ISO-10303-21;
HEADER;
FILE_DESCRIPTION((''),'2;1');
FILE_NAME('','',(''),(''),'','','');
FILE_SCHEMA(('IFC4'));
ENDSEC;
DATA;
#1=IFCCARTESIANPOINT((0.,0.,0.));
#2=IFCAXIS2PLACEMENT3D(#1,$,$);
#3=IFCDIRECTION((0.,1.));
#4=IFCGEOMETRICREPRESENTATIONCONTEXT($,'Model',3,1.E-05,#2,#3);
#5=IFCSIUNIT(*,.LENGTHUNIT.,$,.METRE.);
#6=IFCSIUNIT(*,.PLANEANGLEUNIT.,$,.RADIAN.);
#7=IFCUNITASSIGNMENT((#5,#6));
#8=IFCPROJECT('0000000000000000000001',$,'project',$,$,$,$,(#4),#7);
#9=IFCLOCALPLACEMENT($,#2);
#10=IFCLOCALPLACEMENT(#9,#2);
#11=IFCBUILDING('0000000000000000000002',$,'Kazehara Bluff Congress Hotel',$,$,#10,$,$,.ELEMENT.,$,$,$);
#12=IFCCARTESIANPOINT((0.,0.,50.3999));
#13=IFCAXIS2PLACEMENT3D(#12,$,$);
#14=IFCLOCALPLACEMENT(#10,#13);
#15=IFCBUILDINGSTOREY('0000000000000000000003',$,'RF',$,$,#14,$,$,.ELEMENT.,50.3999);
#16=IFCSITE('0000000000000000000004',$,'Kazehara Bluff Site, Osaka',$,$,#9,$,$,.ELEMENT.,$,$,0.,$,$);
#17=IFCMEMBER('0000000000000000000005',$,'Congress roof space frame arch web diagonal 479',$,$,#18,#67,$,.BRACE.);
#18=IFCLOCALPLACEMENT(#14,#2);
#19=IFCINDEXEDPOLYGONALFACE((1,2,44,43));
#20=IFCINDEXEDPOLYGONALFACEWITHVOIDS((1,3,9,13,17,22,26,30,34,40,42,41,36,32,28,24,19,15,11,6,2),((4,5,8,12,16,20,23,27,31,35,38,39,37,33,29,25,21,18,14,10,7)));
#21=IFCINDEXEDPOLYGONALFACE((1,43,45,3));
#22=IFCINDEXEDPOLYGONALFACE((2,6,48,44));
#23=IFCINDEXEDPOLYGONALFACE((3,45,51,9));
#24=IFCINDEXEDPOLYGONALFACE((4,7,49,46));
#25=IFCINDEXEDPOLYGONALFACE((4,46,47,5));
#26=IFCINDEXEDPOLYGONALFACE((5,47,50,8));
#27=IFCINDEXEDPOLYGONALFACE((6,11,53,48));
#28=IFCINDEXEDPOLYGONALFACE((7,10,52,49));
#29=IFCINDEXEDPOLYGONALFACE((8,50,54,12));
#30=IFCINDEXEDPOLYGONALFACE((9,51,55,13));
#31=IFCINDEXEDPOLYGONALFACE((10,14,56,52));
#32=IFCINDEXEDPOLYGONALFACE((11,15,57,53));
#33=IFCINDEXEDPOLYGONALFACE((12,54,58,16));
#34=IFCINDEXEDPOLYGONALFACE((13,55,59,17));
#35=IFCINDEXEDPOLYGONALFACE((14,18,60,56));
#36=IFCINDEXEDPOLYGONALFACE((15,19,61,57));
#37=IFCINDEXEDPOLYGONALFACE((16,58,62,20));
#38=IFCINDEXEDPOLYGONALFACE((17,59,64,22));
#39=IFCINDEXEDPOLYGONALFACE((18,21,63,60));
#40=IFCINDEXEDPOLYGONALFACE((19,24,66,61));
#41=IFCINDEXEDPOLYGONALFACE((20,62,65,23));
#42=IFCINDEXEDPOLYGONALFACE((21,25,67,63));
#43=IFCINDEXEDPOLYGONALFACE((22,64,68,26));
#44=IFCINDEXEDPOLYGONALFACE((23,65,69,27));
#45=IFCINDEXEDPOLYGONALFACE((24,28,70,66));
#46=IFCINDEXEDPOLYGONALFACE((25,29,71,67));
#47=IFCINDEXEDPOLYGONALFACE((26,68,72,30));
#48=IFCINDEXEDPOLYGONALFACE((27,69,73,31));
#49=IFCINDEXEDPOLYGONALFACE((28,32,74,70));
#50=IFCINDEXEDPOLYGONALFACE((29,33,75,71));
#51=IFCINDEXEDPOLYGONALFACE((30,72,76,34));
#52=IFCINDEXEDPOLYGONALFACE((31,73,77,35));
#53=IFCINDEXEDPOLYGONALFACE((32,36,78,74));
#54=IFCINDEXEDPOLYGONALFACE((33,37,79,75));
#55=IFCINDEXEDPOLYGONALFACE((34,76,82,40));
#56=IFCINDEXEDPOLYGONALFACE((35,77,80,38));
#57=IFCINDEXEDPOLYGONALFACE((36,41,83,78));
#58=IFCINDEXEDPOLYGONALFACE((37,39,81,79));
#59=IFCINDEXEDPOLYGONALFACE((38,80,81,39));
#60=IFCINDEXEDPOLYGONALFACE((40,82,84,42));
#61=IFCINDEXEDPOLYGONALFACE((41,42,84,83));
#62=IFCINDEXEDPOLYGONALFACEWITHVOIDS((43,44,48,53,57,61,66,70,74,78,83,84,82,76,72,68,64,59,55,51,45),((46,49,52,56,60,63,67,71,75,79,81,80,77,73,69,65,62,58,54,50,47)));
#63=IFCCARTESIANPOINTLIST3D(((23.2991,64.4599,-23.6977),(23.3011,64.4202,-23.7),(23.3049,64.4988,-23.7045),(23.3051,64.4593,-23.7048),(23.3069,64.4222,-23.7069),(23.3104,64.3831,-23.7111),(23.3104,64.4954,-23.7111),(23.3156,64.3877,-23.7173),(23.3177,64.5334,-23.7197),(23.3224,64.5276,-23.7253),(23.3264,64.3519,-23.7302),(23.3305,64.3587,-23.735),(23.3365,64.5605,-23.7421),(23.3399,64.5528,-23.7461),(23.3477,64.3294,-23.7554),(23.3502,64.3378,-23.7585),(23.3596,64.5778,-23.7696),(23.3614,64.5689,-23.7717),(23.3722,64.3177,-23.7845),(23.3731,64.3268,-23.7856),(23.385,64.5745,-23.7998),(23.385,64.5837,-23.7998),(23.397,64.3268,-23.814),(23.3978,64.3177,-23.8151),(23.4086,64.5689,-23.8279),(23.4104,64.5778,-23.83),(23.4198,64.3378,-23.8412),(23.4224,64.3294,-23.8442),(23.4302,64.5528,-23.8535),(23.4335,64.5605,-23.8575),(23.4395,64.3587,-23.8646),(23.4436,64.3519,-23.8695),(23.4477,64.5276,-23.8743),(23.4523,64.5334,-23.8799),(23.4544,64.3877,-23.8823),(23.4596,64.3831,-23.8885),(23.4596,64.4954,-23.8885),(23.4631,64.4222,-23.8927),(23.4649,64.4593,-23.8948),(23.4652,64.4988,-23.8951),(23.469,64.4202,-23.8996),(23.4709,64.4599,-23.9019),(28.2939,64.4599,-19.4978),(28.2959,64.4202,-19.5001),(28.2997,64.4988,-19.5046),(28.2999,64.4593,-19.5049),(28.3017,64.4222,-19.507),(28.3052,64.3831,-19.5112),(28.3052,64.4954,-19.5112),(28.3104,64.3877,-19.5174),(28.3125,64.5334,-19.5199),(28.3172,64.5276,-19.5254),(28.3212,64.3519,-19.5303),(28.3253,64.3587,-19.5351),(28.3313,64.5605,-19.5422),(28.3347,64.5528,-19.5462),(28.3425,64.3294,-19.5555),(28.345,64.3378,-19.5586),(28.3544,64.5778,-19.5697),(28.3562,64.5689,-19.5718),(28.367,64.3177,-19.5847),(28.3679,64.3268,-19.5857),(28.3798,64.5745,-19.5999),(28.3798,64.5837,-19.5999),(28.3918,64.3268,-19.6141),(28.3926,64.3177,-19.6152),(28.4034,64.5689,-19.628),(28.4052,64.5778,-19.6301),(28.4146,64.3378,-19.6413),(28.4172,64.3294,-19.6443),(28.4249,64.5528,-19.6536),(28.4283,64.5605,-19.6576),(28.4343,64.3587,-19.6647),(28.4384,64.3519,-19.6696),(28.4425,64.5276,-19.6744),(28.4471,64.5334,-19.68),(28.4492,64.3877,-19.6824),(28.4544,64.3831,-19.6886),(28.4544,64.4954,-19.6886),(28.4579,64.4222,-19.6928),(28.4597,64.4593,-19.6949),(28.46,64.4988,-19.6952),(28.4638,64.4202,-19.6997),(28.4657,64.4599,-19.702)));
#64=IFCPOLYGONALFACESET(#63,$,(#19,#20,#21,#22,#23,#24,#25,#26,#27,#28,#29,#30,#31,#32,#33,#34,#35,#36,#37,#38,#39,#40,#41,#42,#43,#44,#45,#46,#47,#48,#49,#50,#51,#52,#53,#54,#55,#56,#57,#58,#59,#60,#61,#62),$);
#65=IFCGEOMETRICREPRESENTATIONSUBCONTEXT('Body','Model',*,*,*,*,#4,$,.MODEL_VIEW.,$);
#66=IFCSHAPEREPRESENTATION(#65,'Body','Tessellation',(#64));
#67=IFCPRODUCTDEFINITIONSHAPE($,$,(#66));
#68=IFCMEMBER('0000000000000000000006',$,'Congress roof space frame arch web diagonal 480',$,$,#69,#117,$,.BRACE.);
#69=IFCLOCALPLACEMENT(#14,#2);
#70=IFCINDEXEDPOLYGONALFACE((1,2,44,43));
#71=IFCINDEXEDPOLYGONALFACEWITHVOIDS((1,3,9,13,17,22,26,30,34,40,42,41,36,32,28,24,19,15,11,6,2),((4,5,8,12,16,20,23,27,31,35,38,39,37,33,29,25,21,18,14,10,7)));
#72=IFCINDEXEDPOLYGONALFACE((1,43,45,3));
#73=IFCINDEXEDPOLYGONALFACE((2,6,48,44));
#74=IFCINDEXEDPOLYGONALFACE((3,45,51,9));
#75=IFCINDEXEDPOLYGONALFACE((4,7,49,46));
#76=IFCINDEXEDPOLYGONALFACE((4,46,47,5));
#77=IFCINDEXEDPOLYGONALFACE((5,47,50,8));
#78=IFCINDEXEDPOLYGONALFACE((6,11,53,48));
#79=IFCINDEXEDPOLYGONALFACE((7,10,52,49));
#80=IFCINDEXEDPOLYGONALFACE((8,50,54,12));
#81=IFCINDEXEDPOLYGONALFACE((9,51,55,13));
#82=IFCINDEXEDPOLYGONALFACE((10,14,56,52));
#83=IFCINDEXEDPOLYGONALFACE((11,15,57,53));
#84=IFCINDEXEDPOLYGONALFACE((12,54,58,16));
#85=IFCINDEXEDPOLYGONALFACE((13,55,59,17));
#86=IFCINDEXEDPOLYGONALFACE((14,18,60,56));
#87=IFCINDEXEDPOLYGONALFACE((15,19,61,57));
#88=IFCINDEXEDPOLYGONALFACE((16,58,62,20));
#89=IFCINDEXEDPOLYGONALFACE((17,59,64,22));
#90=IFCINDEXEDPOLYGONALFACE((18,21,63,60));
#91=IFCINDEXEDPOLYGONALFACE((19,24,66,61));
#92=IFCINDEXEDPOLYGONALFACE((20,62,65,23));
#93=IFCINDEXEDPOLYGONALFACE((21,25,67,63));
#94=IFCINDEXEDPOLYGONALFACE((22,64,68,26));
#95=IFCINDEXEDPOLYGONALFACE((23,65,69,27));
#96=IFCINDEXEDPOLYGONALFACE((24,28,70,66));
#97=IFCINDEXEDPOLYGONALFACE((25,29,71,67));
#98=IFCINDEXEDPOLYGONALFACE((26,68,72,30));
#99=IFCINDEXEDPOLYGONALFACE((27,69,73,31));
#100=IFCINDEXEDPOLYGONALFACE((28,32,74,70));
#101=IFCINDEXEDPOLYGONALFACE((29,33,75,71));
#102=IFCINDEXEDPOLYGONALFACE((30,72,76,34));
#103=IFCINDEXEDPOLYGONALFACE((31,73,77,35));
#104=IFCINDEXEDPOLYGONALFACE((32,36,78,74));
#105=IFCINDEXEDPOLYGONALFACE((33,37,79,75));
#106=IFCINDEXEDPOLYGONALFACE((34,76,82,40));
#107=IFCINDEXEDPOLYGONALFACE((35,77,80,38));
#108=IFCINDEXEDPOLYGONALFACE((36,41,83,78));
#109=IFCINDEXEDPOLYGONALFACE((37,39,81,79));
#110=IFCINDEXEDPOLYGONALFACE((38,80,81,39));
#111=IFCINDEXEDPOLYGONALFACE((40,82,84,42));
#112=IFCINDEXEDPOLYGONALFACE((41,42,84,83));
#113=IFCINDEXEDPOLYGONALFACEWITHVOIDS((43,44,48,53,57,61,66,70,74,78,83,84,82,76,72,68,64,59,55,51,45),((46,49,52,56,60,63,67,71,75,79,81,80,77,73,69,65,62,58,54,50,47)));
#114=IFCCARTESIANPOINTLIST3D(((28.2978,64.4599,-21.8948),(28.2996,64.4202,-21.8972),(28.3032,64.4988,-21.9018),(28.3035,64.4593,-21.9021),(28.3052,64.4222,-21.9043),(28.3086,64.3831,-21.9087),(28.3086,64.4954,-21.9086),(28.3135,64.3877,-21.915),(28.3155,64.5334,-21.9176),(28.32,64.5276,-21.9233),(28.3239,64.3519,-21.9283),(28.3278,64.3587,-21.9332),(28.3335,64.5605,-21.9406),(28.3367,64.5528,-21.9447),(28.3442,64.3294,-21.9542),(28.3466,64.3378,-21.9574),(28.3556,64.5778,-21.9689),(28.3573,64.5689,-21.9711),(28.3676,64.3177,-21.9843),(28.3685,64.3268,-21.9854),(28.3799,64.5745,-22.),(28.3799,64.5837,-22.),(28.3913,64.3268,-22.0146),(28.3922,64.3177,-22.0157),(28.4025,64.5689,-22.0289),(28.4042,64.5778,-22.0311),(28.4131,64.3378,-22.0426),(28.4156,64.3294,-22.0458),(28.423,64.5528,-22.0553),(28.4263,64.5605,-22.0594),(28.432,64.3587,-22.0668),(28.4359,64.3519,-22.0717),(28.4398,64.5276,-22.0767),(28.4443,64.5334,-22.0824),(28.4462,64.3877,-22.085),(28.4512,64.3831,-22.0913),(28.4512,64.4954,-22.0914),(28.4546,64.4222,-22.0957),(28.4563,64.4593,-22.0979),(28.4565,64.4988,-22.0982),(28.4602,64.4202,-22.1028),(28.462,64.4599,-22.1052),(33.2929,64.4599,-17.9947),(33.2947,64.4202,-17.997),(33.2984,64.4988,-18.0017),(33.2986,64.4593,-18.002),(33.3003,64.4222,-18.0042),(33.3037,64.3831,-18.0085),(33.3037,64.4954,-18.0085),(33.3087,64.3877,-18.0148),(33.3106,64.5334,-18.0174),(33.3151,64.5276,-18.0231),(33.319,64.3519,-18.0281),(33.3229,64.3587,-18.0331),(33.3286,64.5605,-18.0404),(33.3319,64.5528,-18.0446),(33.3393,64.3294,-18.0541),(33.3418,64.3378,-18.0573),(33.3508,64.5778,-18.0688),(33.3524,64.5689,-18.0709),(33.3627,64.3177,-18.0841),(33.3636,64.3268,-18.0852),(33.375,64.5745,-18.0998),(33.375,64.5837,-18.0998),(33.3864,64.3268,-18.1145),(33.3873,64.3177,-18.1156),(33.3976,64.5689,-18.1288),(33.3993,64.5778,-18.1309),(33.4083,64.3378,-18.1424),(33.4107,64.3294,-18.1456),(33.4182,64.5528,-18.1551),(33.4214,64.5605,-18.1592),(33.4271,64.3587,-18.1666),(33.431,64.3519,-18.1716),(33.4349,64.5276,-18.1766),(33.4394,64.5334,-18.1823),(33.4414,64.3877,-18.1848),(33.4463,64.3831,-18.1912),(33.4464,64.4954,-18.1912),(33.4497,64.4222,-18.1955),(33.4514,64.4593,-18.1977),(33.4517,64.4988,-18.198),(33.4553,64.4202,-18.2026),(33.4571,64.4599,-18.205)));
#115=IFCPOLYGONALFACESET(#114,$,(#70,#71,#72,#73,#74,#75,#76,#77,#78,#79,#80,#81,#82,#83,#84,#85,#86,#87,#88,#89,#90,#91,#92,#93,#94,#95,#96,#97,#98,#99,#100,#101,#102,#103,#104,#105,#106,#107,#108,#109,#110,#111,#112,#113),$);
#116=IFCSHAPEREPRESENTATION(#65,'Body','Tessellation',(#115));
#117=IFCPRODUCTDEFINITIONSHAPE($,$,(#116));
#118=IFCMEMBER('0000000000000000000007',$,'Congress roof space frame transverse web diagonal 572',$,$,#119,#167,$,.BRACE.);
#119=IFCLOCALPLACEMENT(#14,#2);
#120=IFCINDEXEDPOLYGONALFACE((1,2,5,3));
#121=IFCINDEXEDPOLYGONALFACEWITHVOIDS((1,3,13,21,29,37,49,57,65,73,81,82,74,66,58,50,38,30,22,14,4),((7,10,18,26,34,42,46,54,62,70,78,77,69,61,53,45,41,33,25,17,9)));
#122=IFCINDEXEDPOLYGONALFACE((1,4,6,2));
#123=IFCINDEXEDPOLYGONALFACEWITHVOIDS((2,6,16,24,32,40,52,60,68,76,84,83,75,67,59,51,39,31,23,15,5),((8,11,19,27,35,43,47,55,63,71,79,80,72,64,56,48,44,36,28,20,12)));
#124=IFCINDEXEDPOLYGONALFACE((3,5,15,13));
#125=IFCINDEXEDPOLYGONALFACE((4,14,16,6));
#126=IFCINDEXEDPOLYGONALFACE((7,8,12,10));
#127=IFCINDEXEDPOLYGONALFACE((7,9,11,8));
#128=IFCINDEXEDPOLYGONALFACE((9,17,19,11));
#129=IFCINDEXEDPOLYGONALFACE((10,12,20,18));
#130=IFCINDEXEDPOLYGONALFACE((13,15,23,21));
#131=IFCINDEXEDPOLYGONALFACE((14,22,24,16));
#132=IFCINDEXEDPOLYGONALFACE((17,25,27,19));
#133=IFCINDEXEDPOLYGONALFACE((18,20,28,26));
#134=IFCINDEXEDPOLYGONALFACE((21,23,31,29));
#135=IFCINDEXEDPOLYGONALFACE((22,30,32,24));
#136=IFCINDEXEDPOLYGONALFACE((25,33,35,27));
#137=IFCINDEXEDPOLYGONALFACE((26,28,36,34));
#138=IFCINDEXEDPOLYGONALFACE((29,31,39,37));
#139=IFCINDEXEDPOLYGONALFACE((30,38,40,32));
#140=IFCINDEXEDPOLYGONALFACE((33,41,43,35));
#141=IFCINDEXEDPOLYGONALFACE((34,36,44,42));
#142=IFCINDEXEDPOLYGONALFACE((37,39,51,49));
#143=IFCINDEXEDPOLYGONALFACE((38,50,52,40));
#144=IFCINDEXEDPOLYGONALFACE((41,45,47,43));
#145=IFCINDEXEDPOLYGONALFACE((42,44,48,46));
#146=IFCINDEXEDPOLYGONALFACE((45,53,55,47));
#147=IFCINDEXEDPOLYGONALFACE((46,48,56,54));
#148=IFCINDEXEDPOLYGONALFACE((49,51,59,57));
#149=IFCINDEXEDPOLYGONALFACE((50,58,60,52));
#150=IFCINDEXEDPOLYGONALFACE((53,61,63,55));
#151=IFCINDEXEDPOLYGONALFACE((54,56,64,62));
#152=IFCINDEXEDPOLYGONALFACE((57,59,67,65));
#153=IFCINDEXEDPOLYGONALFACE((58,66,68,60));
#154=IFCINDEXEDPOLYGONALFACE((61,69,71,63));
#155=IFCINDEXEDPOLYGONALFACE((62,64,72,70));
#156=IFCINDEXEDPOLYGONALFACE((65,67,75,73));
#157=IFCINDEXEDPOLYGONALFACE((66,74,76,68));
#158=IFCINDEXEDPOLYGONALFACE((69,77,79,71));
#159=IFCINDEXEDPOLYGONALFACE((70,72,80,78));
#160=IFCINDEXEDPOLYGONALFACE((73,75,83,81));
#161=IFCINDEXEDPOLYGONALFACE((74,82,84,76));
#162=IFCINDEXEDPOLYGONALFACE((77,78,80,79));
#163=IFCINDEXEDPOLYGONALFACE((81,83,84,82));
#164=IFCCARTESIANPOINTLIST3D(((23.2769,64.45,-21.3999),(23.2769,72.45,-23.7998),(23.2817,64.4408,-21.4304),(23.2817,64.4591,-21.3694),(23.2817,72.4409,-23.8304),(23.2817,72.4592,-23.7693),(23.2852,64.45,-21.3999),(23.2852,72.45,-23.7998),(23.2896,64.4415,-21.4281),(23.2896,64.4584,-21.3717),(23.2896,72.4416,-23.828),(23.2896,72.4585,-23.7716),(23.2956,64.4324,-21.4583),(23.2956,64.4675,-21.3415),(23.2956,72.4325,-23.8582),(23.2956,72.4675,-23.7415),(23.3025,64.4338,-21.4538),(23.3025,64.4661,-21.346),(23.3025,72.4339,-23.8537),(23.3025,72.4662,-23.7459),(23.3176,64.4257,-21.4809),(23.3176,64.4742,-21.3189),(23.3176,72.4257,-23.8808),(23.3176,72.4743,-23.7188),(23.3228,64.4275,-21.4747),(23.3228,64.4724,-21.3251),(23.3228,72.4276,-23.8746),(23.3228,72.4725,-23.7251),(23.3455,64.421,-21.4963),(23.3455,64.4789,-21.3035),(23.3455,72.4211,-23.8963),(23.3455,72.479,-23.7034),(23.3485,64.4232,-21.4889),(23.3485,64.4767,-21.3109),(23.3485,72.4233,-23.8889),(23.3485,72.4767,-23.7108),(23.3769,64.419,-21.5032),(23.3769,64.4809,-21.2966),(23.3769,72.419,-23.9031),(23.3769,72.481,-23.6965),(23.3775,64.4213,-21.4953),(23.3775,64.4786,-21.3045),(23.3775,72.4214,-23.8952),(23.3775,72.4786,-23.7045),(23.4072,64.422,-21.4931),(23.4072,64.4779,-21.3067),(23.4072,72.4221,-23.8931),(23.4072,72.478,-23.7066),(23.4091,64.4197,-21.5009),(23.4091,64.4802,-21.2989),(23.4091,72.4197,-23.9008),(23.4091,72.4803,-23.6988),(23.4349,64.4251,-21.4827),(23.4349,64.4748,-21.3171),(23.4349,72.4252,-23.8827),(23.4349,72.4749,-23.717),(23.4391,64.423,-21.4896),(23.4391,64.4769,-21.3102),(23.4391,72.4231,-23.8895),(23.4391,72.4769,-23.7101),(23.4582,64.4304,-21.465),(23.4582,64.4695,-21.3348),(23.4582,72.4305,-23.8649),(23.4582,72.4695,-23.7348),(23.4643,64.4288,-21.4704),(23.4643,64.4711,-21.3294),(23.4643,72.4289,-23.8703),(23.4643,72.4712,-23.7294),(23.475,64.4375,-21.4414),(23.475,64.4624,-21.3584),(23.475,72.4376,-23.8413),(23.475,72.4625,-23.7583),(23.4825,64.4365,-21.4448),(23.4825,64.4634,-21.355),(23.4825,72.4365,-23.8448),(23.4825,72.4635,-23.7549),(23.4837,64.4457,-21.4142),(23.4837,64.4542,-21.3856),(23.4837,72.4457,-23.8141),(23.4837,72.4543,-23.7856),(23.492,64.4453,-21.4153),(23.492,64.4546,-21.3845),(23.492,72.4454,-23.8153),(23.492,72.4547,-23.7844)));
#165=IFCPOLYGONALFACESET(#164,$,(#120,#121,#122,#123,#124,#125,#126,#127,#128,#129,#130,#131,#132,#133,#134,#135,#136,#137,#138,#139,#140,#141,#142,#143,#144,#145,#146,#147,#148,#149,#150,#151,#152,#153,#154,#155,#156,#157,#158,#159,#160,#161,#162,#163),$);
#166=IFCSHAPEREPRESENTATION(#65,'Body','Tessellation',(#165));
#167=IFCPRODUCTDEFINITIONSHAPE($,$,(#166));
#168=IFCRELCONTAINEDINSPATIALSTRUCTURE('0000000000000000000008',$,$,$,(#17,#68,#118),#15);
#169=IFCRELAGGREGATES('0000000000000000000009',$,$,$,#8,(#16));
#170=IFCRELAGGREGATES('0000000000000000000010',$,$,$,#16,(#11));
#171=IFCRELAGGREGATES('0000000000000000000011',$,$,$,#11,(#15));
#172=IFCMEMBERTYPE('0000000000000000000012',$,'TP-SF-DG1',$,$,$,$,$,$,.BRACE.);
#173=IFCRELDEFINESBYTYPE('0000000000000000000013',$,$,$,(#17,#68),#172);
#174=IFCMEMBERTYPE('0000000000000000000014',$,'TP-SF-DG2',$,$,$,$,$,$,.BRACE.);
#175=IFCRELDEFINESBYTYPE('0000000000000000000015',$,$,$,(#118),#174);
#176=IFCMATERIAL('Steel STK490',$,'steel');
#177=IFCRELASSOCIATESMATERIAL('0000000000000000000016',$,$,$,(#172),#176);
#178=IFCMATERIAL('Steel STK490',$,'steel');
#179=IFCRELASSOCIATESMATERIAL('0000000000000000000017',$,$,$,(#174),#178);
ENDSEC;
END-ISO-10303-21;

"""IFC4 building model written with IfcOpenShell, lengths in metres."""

from ifc_helpers import new_model, si_unit, direction, frame, origin, origin_2d, place, context, subcontext, project, spatial, hollow_circle, extrude, material, material_profile, profile_set, type_object, element, save


model = new_model("IFC4")

# Units and contexts
model_context = context("Model", 3, precision=1e-05, world=origin(), true_north=direction((0.0, 1.0)))
body_context = subcontext(model_context, "Body", "Model", "MODEL_VIEW")
ifc_project = project(units=[si_unit("LENGTHUNIT", "METRE"), si_unit("PLANEANGLEUNIT", "RADIAN")], contexts=[model_context])

# Site, building, storey
site_placement = place(None, origin())
site = spatial("IfcSite", under=ifc_project, at=site_placement, Name="Kazehara Bluff Site, Osaka", CompositionType="ELEMENT", RefElevation=0.0)
building_placement = place(site_placement, origin())
building = spatial("IfcBuilding", under=site, at=building_placement, Name="Kazehara Bluff Congress Hotel", CompositionType="ELEMENT")
storey_placement = place(building_placement, frame((0.0, 0.0, 50.3999)))
storey = spatial("IfcBuildingStorey", under=building, at=storey_placement, Name="RF", CompositionType="ELEMENT", Elevation=50.3999)

# Members
ifc_material_1 = material(Name="Steel STK490", Category="steel")
ifc_material_profile_1 = material_profile(ifc_material_1, hollow_circle(Radius=0.1338, WallThickness=0.0093, at=origin_2d()))
ifc_profile_set_1 = profile_set([ifc_material_profile_1], Name="Steel STK490")
member_type_1 = type_object("IfcMemberType", Name="TP-SF-DG1", PredefinedType="BRACE", material=ifc_profile_set_1)
member_1_placement = place(storey_placement, frame((23.385, 64.45, -23.7998), z_axis=(0.765383, 0.0, 0.643575), x_axis=(0.0, 1.0, 0.0)))
element("IfcMember", 1, at=member_1_placement, inside=storey, type_object=member_type_1, Name="Congress roof space frame arch web diagonal 479", PredefinedType="BRACE", context=body_context, shape_type="SweptSolid", body=[
    extrude(hollow_circle(Radius=0.1338, WallThickness=0.0093, at=origin_2d()), origin(), (0.0, 0.0, 1.0), 6.5259),
])
member_2_placement = place(storey_placement, frame((28.3799, 64.45, -22.0), z_axis=(0.7882, 0.0, 0.61542), x_axis=(0.0, 1.0, 0.0)))
element("IfcMember", 2, at=member_2_placement, inside=storey, type_object=member_type_1, Name="Congress roof space frame arch web diagonal 480", PredefinedType="BRACE", context=body_context, shape_type="SweptSolid", body=[
    extrude(hollow_circle(Radius=0.1338, WallThickness=0.0093, at=origin_2d()), origin(), (0.0, 0.0, 1.0), 6.3374),
])
ifc_material_2 = material(Name="Steel STK490", Category="steel")
ifc_material_profile_2 = material_profile(ifc_material_2, hollow_circle(Radius=0.1082, WallThickness=0.0083, at=origin_2d()))
ifc_profile_set_2 = profile_set([ifc_material_profile_2], Name="Steel STK490")
member_type_2 = type_object("IfcMemberType", Name="TP-SF-DG2", PredefinedType="BRACE", material=ifc_profile_set_2)
for number, where, z_axis, x_axis, name in (
    (3, (23.385, 64.45, -21.3999), (0.0, 0.95783, -0.287337), (-1.0, 0.0, 0.0), "Congress roof space frame transverse web diagonal 572"),
):
    element("IfcMember", number, at=place(storey_placement, frame(where, z_axis=z_axis, x_axis=x_axis)), inside=storey, type_object=member_type_2, Name=name, PredefinedType="BRACE", context=body_context, shape_type="SweptSolid", body=[
        extrude(hollow_circle(Radius=0.1082, WallThickness=0.0083, at=origin_2d()), origin(), (0.0, 0.0, 1.0), 8.3523),
    ])

save(model, "model.ifc")
